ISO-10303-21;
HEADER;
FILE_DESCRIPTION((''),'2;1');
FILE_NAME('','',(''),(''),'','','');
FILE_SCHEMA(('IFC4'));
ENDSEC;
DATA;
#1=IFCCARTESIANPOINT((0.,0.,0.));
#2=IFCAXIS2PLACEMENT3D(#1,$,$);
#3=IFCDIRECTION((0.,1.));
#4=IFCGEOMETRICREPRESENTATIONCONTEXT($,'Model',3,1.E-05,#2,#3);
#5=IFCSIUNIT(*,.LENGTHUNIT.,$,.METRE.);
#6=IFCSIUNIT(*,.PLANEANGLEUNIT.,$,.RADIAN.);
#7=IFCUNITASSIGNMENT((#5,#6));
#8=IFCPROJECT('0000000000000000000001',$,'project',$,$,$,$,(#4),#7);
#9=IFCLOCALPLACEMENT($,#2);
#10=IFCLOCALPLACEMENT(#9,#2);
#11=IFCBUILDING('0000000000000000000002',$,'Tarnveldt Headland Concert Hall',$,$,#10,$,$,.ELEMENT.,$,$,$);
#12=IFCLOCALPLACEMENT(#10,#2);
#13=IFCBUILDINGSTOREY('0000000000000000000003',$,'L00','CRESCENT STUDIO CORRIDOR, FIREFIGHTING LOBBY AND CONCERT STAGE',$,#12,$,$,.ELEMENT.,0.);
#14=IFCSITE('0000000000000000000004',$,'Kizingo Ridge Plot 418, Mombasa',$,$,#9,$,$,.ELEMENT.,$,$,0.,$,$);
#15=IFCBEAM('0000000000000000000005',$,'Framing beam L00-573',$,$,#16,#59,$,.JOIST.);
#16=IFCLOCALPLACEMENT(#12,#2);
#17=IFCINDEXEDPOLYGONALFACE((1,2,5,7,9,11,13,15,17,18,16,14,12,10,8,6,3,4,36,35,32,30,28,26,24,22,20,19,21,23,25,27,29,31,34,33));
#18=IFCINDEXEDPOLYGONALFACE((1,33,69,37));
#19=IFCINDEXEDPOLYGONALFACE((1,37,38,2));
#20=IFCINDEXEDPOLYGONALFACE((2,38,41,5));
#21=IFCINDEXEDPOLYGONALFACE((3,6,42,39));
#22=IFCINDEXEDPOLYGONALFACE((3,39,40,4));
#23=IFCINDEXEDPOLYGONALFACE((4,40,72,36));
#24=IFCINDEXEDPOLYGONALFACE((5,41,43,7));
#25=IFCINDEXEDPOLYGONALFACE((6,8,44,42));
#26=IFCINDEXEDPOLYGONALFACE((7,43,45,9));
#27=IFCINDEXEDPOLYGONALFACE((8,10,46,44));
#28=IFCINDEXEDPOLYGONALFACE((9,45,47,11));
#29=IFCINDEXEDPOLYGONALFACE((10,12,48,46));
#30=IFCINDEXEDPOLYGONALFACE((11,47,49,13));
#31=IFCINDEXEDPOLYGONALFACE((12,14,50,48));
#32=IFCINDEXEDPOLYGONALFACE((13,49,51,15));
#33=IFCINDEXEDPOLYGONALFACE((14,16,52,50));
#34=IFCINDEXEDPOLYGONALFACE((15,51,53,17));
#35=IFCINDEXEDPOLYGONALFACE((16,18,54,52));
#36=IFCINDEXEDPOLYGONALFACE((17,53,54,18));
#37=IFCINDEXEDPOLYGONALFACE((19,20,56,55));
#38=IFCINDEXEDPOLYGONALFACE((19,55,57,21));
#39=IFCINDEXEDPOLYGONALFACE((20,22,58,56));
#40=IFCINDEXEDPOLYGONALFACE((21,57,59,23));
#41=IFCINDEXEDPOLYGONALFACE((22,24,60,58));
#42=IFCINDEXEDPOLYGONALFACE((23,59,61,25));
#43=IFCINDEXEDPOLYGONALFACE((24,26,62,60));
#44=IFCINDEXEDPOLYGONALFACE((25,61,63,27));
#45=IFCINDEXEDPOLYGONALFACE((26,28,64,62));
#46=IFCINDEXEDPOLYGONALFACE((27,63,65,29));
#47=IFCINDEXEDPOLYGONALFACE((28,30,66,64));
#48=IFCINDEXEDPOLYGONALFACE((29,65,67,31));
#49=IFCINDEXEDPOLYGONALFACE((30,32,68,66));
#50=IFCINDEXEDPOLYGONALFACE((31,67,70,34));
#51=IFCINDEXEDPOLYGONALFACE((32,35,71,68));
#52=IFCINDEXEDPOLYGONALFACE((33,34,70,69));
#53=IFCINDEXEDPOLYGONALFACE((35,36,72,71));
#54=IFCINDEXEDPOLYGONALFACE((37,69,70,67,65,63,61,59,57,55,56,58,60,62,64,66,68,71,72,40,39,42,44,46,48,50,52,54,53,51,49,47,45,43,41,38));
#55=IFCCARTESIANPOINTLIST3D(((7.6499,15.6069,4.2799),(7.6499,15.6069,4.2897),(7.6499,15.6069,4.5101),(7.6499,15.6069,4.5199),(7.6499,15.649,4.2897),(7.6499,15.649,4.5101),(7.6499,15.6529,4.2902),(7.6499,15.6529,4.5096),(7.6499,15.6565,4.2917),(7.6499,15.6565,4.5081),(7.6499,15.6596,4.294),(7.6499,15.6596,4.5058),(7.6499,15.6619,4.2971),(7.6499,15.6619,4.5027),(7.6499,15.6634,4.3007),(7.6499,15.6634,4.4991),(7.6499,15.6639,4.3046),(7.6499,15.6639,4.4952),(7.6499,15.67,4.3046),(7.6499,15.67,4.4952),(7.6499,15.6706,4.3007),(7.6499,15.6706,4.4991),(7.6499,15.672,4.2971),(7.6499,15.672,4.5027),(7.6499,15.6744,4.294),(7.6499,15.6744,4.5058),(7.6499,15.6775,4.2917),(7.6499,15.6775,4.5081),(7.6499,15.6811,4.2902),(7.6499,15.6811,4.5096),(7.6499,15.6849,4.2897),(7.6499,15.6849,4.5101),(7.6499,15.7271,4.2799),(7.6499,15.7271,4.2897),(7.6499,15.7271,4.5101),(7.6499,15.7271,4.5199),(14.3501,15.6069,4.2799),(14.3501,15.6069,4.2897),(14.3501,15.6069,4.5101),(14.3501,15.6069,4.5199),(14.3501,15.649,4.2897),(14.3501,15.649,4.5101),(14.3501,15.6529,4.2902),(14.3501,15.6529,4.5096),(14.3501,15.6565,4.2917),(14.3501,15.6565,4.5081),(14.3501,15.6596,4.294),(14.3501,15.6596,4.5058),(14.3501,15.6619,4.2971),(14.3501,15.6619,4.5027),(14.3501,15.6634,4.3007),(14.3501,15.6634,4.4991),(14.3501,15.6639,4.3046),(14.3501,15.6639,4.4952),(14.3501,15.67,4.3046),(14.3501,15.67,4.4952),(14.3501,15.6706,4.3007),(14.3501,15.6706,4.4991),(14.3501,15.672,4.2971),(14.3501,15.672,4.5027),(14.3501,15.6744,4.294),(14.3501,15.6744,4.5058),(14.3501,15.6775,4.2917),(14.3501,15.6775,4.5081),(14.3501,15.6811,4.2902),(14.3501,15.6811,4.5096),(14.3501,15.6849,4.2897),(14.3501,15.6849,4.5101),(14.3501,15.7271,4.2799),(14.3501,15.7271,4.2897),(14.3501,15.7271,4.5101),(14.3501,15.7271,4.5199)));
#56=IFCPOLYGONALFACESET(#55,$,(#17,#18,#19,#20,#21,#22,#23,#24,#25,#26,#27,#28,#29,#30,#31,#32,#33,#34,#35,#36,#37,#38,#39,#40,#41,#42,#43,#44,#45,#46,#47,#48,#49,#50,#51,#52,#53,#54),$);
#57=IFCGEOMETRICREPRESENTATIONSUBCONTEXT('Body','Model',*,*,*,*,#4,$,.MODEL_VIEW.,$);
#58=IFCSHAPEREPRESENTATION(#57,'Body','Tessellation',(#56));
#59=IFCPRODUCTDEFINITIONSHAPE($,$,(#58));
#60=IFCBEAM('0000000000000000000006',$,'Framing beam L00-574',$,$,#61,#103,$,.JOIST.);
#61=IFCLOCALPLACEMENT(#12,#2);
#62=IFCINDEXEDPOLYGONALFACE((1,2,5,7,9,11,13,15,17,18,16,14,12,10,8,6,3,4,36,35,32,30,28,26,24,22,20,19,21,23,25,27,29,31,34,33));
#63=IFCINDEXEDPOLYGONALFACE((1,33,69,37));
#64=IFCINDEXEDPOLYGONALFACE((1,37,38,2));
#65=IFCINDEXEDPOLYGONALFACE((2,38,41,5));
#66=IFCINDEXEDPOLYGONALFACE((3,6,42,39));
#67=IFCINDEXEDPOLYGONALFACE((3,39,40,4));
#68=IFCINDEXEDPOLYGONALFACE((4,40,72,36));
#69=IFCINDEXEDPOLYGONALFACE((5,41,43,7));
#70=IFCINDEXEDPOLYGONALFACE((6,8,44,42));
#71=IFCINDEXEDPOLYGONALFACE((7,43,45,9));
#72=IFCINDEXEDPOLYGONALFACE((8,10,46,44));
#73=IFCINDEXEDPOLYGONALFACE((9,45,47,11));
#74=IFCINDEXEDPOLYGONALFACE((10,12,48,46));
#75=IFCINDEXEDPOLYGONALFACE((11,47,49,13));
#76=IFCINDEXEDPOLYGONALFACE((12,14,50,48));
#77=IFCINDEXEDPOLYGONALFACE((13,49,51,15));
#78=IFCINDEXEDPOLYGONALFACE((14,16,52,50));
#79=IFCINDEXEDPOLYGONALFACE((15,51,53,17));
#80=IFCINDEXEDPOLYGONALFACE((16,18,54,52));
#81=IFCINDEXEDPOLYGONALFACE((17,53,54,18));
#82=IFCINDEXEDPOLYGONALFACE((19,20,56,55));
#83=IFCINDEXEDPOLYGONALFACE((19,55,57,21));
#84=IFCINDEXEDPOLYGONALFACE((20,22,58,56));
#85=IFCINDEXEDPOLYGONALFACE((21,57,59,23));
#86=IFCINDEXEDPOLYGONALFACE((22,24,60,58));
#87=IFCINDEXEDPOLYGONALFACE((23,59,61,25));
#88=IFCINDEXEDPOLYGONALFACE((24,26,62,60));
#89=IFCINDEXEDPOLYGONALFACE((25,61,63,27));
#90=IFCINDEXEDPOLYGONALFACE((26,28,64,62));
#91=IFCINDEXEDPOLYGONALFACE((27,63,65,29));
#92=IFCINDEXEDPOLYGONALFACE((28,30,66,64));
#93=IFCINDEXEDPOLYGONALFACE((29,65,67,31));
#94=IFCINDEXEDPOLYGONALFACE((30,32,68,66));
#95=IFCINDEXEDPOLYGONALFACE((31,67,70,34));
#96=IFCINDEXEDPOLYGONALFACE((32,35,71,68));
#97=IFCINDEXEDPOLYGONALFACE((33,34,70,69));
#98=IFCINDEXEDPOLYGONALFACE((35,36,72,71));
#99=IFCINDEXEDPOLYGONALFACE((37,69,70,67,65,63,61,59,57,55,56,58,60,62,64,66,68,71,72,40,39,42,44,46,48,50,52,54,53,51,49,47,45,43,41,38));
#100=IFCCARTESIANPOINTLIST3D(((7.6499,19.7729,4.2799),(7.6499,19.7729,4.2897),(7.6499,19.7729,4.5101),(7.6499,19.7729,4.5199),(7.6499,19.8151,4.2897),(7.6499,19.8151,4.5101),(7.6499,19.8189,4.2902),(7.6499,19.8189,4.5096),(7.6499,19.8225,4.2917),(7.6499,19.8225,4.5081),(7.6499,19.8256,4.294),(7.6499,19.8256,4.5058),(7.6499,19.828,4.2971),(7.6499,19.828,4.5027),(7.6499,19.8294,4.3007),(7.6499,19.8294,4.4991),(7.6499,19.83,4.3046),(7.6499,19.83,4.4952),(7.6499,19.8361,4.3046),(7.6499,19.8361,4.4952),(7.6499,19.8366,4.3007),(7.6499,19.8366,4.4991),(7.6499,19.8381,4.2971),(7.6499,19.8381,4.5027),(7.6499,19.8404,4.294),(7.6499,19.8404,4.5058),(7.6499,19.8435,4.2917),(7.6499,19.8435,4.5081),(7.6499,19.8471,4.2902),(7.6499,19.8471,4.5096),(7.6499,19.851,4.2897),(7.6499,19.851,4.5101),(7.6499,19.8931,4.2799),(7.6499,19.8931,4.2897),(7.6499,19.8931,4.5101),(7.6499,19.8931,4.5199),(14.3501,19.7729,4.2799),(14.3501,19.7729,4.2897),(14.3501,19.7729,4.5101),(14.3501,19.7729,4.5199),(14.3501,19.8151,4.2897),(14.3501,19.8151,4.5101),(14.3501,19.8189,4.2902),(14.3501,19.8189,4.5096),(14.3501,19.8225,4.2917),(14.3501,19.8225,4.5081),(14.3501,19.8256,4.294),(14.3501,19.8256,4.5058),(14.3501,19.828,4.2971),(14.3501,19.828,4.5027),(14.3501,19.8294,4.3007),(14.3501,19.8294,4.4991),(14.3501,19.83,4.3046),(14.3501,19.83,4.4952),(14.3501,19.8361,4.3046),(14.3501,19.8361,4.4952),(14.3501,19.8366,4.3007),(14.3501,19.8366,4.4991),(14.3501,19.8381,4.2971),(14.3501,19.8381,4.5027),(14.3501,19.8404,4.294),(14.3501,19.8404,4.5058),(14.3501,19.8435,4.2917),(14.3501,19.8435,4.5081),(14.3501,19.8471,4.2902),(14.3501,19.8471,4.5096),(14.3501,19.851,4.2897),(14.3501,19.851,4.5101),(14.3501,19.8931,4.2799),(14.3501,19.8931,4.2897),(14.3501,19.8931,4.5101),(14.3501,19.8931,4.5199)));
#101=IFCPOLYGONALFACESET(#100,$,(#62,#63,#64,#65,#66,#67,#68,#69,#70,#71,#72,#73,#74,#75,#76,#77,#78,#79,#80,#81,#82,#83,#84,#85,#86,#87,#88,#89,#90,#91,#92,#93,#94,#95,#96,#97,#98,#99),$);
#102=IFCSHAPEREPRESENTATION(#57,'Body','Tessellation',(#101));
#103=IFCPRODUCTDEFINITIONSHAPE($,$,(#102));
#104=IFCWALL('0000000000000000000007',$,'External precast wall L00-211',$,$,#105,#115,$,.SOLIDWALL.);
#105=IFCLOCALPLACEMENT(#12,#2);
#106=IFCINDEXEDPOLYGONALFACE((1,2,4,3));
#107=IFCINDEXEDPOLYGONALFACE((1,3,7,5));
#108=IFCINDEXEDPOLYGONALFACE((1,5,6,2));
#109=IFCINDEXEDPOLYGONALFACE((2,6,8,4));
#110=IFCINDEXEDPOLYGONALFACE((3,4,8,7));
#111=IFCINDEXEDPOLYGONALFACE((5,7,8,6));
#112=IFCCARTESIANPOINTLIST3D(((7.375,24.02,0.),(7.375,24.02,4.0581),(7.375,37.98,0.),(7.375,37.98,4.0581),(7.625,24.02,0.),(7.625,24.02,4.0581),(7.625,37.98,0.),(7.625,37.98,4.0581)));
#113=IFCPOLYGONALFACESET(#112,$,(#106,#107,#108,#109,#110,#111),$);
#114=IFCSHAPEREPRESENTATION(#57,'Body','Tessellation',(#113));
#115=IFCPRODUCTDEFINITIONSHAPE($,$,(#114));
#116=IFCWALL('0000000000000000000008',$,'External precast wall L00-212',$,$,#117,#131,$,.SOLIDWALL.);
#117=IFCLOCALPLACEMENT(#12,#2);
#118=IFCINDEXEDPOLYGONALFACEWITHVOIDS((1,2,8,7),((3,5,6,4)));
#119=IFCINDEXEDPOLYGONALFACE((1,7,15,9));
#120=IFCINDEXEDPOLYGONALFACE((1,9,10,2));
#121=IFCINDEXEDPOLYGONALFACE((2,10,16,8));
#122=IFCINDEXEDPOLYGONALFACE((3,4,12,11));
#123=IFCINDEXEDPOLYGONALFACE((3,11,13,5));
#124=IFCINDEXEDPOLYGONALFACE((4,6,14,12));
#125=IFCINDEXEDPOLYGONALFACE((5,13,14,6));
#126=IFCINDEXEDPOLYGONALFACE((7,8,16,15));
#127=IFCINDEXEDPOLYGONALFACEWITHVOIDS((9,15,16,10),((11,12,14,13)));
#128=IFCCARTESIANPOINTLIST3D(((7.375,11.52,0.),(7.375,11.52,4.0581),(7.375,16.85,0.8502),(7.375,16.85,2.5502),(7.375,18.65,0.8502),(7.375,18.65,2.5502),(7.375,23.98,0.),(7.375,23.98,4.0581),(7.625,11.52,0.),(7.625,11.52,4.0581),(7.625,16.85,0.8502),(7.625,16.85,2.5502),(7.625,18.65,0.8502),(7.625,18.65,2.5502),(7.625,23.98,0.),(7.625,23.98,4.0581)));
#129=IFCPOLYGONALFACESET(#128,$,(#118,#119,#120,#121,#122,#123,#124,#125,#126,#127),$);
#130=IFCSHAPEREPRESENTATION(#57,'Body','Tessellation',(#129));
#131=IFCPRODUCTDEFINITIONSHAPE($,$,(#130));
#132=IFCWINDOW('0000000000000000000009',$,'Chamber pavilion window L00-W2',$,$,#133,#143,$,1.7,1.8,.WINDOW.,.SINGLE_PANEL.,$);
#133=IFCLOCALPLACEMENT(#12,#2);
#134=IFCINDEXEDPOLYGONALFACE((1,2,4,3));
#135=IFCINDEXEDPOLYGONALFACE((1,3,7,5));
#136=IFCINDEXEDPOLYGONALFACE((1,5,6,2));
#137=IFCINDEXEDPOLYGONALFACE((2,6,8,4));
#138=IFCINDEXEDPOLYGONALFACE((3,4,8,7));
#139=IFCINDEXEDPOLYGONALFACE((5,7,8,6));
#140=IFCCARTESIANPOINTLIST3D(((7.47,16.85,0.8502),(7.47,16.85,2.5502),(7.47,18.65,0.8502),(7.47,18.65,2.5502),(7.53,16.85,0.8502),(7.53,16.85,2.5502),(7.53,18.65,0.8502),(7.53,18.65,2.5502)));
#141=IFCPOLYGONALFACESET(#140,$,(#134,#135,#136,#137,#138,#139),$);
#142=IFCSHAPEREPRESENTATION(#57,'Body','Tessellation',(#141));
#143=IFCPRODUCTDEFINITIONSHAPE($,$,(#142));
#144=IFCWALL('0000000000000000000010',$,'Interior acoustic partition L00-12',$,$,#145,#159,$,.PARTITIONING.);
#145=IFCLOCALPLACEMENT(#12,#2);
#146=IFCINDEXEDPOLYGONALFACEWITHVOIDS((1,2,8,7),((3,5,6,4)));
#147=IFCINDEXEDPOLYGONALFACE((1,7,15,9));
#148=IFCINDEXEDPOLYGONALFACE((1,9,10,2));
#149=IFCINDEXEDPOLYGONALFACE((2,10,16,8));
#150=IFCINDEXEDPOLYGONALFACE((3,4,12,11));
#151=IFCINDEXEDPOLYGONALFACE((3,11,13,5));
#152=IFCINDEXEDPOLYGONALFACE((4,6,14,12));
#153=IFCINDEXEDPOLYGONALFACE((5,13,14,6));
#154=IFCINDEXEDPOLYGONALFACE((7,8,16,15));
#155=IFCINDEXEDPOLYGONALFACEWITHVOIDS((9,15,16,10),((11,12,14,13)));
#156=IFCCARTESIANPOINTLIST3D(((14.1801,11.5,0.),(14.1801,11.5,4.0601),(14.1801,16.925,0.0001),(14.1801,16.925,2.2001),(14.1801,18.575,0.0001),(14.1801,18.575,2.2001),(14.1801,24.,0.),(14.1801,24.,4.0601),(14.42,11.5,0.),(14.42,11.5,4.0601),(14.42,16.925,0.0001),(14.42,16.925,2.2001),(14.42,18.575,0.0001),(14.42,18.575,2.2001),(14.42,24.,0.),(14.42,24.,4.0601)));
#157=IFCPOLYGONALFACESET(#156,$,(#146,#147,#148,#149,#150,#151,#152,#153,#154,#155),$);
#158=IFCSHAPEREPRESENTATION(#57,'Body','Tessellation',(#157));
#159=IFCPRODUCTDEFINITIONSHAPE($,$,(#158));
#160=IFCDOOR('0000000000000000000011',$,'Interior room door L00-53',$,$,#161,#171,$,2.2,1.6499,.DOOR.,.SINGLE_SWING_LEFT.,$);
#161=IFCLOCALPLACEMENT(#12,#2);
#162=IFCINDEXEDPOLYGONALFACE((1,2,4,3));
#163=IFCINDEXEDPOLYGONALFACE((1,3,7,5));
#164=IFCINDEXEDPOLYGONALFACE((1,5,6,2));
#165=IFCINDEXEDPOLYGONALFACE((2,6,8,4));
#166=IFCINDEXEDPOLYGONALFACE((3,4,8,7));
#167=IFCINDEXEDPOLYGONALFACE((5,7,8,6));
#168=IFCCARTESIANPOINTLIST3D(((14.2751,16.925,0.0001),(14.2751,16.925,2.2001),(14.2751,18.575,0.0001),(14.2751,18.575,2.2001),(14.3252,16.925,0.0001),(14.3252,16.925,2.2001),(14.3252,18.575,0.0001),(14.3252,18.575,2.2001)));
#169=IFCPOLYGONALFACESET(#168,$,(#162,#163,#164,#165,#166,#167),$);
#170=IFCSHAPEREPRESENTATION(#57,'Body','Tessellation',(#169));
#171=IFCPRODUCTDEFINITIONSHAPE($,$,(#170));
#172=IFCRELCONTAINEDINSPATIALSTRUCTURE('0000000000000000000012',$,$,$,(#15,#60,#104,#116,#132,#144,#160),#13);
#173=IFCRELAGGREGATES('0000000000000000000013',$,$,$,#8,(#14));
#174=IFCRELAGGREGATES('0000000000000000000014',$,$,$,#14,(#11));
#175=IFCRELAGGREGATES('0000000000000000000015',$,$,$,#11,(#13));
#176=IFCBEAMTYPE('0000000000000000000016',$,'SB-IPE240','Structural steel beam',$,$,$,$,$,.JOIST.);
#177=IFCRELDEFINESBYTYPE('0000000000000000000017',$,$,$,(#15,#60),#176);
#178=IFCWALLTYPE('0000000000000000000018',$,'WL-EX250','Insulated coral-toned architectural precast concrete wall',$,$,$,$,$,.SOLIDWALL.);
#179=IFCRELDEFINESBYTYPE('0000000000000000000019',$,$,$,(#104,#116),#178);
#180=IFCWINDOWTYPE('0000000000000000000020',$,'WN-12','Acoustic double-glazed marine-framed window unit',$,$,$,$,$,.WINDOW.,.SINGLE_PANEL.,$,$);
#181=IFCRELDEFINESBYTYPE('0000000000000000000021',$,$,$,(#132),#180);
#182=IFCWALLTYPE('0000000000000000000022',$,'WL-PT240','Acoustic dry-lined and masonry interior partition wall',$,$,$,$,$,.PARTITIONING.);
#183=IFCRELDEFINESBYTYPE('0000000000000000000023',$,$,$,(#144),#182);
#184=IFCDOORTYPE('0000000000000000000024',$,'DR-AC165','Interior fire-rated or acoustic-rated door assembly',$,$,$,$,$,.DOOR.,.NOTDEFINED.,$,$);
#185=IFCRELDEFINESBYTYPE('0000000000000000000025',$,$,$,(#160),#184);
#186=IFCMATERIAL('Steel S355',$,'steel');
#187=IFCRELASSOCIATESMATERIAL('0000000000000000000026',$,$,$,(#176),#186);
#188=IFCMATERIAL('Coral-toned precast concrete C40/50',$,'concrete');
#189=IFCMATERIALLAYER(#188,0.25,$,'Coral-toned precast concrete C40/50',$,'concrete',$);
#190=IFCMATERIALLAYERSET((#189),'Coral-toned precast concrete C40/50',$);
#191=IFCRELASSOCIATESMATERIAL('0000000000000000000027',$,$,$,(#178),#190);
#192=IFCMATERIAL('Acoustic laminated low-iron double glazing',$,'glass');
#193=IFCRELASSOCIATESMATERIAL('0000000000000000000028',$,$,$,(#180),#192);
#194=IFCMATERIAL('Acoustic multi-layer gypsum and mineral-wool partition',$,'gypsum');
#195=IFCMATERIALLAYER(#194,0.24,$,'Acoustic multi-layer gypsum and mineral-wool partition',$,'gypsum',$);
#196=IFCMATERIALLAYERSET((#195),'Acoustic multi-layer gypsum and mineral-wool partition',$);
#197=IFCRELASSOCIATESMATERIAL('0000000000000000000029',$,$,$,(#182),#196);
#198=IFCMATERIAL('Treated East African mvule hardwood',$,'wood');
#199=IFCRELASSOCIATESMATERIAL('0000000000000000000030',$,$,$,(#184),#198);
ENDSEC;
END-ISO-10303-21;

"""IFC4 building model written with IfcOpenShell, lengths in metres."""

from ifc_helpers import new_model, si_unit, direction, frame, frame_2d, origin, origin_2d, place, context, subcontext, project, spatial, rectangle, i_section, extrude, material, layer, layer_set, material_profile, profile_set, type_object, element, fill, save


model = new_model("IFC4")

# Units and contexts
model_context = context("Model", 3, precision=1e-05, world=origin(), true_north=direction((0.0, 1.0)))
body_context = subcontext(model_context, "Body", "Model", "MODEL_VIEW")
ifc_project = project(units=[si_unit("LENGTHUNIT", "METRE"), si_unit("PLANEANGLEUNIT", "RADIAN")], contexts=[model_context])

# Site, building, storey
site_placement = place(None, origin())
site = spatial("IfcSite", under=ifc_project, at=site_placement, Name="Kizingo Ridge Plot 418, Mombasa", CompositionType="ELEMENT", RefElevation=0.0)
building_placement = place(site_placement, origin())
building = spatial("IfcBuilding", under=site, at=building_placement, Name="Tarnveldt Headland Concert Hall", CompositionType="ELEMENT")
storey_placement = place(building_placement, origin())
storey = spatial("IfcBuildingStorey", under=building, at=storey_placement, Name="L00", Description="CRESCENT STUDIO CORRIDOR, FIREFIGHTING LOBBY AND CONCERT STAGE", CompositionType="ELEMENT", Elevation=0.0)

# Beams
ifc_material_1 = material(Name="Steel S355", Category="steel")
ifc_material_profile_1 = material_profile(ifc_material_1, i_section(OverallWidth=0.1201, OverallDepth=0.24, WebThickness=0.0061, FlangeThickness=0.0098, FilletRadius=0.0149, at=origin_2d()), Name="IPE240", Category="steel")
ifc_profile_set_1 = profile_set([ifc_material_profile_1], Name="Steel S355")
beam_type_1 = type_object("IfcBeamType", Name="SB-IPE240", Description="Structural steel beam", PredefinedType="JOIST", material=ifc_profile_set_1)
for number, where, z_axis, x_axis, name in (
    (1, (7.6499, 15.667, 4.3999), (1.0, 0.0, 0.0), (0.0, 1.0, 0.0), "Framing beam L00-573"),
    (2, (7.6499, 19.833, 4.3999), (1.0, 0.0, 0.0), (0.0, 1.0, 0.0), "Framing beam L00-574"),
):
    element("IfcBeam", number, at=place(storey_placement, frame(where, z_axis=z_axis, x_axis=x_axis)), inside=storey, type_object=beam_type_1, Name=name, PredefinedType="JOIST", context=body_context, shape_type="SweptSolid", body=[
        extrude(i_section(OverallWidth=0.1201, OverallDepth=0.24, WebThickness=0.0061, FlangeThickness=0.0098, FilletRadius=0.0149, at=origin_2d()), origin(), (0.0, 0.0, 1.0), 6.7002),
    ])

# Wall
ifc_material_2 = material(Name="Coral-toned precast concrete C40/50", Category="concrete")
ifc_layer_1 = layer(ifc_material_2, 0.25, Name="Coral-toned precast concrete C40/50", Category="concrete")
ifc_layer_set_1 = layer_set([ifc_layer_1], Name="Coral-toned precast concrete C40/50")
wall_type_1 = type_object("IfcWallType", Name="WL-EX250", Description="Insulated coral-toned architectural precast concrete wall", PredefinedType="SOLIDWALL", material=ifc_layer_set_1)
wall_1_placement = place(storey_placement, frame((7.5, 24.02, 0.0), z_axis=(0.0, 0.0, 1.0), x_axis=(0.0, 1.0, 0.0)))
element("IfcWall", 3, at=wall_1_placement, inside=storey, type_object=wall_type_1, Name="External precast wall L00-211", PredefinedType="SOLIDWALL", context=body_context, shape_type="SweptSolid", body=[
    extrude(rectangle(XDim=13.96, YDim=0.25, at=frame_2d((6.98, 0.0))), origin(), (0.0, 0.0, 1.0), 4.0581),
])

# Wall, opening, window
wall_2_placement = place(storey_placement, frame((7.5, 11.52, 0.0), z_axis=(0.0, 0.0, 1.0), x_axis=(0.0, 1.0, 0.0)))
wall_2 = element("IfcWall", 4, at=wall_2_placement, inside=storey, type_object=wall_type_1, Name="External precast wall L00-212", PredefinedType="SOLIDWALL", context=body_context, shape_type="SweptSolid", body=[
    extrude(rectangle(XDim=12.46, YDim=0.25, at=frame_2d((6.23, 0.0))), origin(), (0.0, 0.0, 1.0), 4.0581),
])
opening_1_placement = place(wall_2_placement, frame((5.3301, 0.0, 0.8501)))
opening_1 = element("IfcOpeningElement", 5, at=opening_1_placement, cuts=wall_2, PredefinedType="OPENING", context=body_context, shape_type="SweptSolid", body=[
    extrude(rectangle(XDim=1.8, YDim=1.7, at=frame_2d((0.8999, 0.8501))), frame((0.0, 0.135, 0.0), z_axis=(0.0, -1.0, 0.0), x_axis=(1.0, 0.0, 0.0)), (0.0, 0.0, 1.0), 0.27),
])
ifc_material_3 = material(Name="Acoustic laminated low-iron double glazing", Category="glass")
window_type = type_object("IfcWindowType", Name="WN-12", Description="Acoustic double-glazed marine-framed window unit", PartitioningType="SINGLE_PANEL", PredefinedType="WINDOW", material=ifc_material_3)
window_placement = place(opening_1_placement, origin())
window = element("IfcWindow", 6, at=window_placement, inside=storey, type_object=window_type, Name="Chamber pavilion window L00-W2", OverallHeight=1.7, OverallWidth=1.8, PartitioningType="SINGLE_PANEL", PredefinedType="WINDOW", context=body_context, shape_type="SweptSolid", body=[
    extrude(rectangle(XDim=1.8, YDim=1.7, at=frame_2d((0.8999, 0.8501))), frame((0.0, 0.03, 0.0), z_axis=(0.0, -1.0, 0.0), x_axis=(1.0, 0.0, 0.0)), (0.0, 0.0, 1.0), 0.0601),
])
fill(opening_1, window)

# Wall, opening, door
ifc_material_4 = material(Name="Acoustic multi-layer gypsum and mineral-wool partition", Category="gypsum")
ifc_layer_2 = layer(ifc_material_4, 0.24, Name="Acoustic multi-layer gypsum and mineral-wool partition", Category="gypsum")
ifc_layer_set_2 = layer_set([ifc_layer_2], Name="Acoustic multi-layer gypsum and mineral-wool partition")
wall_type_2 = type_object("IfcWallType", Name="WL-PT240", Description="Acoustic dry-lined and masonry interior partition wall", PredefinedType="PARTITIONING", material=ifc_layer_set_2)
wall_3_placement = place(storey_placement, frame((14.3, 11.5, 0.0), z_axis=(0.0, 0.0, 1.0), x_axis=(0.0, 1.0, 0.0)))
wall_3 = element("IfcWall", 7, at=wall_3_placement, inside=storey, type_object=wall_type_2, Name="Interior acoustic partition L00-12", PredefinedType="PARTITIONING", context=body_context, shape_type="SweptSolid", body=[
    extrude(rectangle(XDim=12.5, YDim=0.24, at=frame_2d((6.25, 0.0))), origin(), (0.0, 0.0, 1.0), 4.0601),
])
opening_2_placement = place(wall_3_placement, frame((5.425, 0.0, 0.0)))
opening_2 = element("IfcOpeningElement", 8, at=opening_2_placement, cuts=wall_3, PredefinedType="OPENING", context=body_context, shape_type="SweptSolid", body=[
    extrude(rectangle(XDim=1.6499, YDim=2.2, at=frame_2d((0.825, 1.1001))), frame((0.0, 0.1299, 0.0), z_axis=(0.0, -1.0, 0.0), x_axis=(1.0, 0.0, 0.0)), (0.0, 0.0, 1.0), 0.26),
])
ifc_material_5 = material(Name="Treated East African mvule hardwood", Category="wood")
door_type = type_object("IfcDoorType", Name="DR-AC165", Description="Interior fire-rated or acoustic-rated door assembly", OperationType="NOTDEFINED", PredefinedType="DOOR", material=ifc_material_5)
door_placement = place(opening_2_placement, origin())
door = element("IfcDoor", 9, at=door_placement, inside=storey, type_object=door_type, Name="Interior room door L00-53", OperationType="SINGLE_SWING_LEFT", OverallHeight=2.2, OverallWidth=1.6499, PredefinedType="DOOR", context=body_context, shape_type="SweptSolid", body=[
    extrude(rectangle(XDim=1.6499, YDim=2.2, at=frame_2d((0.825, 1.1001))), frame((0.0, 0.0249, 0.0), z_axis=(0.0, -1.0, 0.0), x_axis=(1.0, 0.0, 0.0)), (0.0, 0.0, 1.0), 0.05),
])
fill(opening_2, door)

save(model, "model.ifc")
